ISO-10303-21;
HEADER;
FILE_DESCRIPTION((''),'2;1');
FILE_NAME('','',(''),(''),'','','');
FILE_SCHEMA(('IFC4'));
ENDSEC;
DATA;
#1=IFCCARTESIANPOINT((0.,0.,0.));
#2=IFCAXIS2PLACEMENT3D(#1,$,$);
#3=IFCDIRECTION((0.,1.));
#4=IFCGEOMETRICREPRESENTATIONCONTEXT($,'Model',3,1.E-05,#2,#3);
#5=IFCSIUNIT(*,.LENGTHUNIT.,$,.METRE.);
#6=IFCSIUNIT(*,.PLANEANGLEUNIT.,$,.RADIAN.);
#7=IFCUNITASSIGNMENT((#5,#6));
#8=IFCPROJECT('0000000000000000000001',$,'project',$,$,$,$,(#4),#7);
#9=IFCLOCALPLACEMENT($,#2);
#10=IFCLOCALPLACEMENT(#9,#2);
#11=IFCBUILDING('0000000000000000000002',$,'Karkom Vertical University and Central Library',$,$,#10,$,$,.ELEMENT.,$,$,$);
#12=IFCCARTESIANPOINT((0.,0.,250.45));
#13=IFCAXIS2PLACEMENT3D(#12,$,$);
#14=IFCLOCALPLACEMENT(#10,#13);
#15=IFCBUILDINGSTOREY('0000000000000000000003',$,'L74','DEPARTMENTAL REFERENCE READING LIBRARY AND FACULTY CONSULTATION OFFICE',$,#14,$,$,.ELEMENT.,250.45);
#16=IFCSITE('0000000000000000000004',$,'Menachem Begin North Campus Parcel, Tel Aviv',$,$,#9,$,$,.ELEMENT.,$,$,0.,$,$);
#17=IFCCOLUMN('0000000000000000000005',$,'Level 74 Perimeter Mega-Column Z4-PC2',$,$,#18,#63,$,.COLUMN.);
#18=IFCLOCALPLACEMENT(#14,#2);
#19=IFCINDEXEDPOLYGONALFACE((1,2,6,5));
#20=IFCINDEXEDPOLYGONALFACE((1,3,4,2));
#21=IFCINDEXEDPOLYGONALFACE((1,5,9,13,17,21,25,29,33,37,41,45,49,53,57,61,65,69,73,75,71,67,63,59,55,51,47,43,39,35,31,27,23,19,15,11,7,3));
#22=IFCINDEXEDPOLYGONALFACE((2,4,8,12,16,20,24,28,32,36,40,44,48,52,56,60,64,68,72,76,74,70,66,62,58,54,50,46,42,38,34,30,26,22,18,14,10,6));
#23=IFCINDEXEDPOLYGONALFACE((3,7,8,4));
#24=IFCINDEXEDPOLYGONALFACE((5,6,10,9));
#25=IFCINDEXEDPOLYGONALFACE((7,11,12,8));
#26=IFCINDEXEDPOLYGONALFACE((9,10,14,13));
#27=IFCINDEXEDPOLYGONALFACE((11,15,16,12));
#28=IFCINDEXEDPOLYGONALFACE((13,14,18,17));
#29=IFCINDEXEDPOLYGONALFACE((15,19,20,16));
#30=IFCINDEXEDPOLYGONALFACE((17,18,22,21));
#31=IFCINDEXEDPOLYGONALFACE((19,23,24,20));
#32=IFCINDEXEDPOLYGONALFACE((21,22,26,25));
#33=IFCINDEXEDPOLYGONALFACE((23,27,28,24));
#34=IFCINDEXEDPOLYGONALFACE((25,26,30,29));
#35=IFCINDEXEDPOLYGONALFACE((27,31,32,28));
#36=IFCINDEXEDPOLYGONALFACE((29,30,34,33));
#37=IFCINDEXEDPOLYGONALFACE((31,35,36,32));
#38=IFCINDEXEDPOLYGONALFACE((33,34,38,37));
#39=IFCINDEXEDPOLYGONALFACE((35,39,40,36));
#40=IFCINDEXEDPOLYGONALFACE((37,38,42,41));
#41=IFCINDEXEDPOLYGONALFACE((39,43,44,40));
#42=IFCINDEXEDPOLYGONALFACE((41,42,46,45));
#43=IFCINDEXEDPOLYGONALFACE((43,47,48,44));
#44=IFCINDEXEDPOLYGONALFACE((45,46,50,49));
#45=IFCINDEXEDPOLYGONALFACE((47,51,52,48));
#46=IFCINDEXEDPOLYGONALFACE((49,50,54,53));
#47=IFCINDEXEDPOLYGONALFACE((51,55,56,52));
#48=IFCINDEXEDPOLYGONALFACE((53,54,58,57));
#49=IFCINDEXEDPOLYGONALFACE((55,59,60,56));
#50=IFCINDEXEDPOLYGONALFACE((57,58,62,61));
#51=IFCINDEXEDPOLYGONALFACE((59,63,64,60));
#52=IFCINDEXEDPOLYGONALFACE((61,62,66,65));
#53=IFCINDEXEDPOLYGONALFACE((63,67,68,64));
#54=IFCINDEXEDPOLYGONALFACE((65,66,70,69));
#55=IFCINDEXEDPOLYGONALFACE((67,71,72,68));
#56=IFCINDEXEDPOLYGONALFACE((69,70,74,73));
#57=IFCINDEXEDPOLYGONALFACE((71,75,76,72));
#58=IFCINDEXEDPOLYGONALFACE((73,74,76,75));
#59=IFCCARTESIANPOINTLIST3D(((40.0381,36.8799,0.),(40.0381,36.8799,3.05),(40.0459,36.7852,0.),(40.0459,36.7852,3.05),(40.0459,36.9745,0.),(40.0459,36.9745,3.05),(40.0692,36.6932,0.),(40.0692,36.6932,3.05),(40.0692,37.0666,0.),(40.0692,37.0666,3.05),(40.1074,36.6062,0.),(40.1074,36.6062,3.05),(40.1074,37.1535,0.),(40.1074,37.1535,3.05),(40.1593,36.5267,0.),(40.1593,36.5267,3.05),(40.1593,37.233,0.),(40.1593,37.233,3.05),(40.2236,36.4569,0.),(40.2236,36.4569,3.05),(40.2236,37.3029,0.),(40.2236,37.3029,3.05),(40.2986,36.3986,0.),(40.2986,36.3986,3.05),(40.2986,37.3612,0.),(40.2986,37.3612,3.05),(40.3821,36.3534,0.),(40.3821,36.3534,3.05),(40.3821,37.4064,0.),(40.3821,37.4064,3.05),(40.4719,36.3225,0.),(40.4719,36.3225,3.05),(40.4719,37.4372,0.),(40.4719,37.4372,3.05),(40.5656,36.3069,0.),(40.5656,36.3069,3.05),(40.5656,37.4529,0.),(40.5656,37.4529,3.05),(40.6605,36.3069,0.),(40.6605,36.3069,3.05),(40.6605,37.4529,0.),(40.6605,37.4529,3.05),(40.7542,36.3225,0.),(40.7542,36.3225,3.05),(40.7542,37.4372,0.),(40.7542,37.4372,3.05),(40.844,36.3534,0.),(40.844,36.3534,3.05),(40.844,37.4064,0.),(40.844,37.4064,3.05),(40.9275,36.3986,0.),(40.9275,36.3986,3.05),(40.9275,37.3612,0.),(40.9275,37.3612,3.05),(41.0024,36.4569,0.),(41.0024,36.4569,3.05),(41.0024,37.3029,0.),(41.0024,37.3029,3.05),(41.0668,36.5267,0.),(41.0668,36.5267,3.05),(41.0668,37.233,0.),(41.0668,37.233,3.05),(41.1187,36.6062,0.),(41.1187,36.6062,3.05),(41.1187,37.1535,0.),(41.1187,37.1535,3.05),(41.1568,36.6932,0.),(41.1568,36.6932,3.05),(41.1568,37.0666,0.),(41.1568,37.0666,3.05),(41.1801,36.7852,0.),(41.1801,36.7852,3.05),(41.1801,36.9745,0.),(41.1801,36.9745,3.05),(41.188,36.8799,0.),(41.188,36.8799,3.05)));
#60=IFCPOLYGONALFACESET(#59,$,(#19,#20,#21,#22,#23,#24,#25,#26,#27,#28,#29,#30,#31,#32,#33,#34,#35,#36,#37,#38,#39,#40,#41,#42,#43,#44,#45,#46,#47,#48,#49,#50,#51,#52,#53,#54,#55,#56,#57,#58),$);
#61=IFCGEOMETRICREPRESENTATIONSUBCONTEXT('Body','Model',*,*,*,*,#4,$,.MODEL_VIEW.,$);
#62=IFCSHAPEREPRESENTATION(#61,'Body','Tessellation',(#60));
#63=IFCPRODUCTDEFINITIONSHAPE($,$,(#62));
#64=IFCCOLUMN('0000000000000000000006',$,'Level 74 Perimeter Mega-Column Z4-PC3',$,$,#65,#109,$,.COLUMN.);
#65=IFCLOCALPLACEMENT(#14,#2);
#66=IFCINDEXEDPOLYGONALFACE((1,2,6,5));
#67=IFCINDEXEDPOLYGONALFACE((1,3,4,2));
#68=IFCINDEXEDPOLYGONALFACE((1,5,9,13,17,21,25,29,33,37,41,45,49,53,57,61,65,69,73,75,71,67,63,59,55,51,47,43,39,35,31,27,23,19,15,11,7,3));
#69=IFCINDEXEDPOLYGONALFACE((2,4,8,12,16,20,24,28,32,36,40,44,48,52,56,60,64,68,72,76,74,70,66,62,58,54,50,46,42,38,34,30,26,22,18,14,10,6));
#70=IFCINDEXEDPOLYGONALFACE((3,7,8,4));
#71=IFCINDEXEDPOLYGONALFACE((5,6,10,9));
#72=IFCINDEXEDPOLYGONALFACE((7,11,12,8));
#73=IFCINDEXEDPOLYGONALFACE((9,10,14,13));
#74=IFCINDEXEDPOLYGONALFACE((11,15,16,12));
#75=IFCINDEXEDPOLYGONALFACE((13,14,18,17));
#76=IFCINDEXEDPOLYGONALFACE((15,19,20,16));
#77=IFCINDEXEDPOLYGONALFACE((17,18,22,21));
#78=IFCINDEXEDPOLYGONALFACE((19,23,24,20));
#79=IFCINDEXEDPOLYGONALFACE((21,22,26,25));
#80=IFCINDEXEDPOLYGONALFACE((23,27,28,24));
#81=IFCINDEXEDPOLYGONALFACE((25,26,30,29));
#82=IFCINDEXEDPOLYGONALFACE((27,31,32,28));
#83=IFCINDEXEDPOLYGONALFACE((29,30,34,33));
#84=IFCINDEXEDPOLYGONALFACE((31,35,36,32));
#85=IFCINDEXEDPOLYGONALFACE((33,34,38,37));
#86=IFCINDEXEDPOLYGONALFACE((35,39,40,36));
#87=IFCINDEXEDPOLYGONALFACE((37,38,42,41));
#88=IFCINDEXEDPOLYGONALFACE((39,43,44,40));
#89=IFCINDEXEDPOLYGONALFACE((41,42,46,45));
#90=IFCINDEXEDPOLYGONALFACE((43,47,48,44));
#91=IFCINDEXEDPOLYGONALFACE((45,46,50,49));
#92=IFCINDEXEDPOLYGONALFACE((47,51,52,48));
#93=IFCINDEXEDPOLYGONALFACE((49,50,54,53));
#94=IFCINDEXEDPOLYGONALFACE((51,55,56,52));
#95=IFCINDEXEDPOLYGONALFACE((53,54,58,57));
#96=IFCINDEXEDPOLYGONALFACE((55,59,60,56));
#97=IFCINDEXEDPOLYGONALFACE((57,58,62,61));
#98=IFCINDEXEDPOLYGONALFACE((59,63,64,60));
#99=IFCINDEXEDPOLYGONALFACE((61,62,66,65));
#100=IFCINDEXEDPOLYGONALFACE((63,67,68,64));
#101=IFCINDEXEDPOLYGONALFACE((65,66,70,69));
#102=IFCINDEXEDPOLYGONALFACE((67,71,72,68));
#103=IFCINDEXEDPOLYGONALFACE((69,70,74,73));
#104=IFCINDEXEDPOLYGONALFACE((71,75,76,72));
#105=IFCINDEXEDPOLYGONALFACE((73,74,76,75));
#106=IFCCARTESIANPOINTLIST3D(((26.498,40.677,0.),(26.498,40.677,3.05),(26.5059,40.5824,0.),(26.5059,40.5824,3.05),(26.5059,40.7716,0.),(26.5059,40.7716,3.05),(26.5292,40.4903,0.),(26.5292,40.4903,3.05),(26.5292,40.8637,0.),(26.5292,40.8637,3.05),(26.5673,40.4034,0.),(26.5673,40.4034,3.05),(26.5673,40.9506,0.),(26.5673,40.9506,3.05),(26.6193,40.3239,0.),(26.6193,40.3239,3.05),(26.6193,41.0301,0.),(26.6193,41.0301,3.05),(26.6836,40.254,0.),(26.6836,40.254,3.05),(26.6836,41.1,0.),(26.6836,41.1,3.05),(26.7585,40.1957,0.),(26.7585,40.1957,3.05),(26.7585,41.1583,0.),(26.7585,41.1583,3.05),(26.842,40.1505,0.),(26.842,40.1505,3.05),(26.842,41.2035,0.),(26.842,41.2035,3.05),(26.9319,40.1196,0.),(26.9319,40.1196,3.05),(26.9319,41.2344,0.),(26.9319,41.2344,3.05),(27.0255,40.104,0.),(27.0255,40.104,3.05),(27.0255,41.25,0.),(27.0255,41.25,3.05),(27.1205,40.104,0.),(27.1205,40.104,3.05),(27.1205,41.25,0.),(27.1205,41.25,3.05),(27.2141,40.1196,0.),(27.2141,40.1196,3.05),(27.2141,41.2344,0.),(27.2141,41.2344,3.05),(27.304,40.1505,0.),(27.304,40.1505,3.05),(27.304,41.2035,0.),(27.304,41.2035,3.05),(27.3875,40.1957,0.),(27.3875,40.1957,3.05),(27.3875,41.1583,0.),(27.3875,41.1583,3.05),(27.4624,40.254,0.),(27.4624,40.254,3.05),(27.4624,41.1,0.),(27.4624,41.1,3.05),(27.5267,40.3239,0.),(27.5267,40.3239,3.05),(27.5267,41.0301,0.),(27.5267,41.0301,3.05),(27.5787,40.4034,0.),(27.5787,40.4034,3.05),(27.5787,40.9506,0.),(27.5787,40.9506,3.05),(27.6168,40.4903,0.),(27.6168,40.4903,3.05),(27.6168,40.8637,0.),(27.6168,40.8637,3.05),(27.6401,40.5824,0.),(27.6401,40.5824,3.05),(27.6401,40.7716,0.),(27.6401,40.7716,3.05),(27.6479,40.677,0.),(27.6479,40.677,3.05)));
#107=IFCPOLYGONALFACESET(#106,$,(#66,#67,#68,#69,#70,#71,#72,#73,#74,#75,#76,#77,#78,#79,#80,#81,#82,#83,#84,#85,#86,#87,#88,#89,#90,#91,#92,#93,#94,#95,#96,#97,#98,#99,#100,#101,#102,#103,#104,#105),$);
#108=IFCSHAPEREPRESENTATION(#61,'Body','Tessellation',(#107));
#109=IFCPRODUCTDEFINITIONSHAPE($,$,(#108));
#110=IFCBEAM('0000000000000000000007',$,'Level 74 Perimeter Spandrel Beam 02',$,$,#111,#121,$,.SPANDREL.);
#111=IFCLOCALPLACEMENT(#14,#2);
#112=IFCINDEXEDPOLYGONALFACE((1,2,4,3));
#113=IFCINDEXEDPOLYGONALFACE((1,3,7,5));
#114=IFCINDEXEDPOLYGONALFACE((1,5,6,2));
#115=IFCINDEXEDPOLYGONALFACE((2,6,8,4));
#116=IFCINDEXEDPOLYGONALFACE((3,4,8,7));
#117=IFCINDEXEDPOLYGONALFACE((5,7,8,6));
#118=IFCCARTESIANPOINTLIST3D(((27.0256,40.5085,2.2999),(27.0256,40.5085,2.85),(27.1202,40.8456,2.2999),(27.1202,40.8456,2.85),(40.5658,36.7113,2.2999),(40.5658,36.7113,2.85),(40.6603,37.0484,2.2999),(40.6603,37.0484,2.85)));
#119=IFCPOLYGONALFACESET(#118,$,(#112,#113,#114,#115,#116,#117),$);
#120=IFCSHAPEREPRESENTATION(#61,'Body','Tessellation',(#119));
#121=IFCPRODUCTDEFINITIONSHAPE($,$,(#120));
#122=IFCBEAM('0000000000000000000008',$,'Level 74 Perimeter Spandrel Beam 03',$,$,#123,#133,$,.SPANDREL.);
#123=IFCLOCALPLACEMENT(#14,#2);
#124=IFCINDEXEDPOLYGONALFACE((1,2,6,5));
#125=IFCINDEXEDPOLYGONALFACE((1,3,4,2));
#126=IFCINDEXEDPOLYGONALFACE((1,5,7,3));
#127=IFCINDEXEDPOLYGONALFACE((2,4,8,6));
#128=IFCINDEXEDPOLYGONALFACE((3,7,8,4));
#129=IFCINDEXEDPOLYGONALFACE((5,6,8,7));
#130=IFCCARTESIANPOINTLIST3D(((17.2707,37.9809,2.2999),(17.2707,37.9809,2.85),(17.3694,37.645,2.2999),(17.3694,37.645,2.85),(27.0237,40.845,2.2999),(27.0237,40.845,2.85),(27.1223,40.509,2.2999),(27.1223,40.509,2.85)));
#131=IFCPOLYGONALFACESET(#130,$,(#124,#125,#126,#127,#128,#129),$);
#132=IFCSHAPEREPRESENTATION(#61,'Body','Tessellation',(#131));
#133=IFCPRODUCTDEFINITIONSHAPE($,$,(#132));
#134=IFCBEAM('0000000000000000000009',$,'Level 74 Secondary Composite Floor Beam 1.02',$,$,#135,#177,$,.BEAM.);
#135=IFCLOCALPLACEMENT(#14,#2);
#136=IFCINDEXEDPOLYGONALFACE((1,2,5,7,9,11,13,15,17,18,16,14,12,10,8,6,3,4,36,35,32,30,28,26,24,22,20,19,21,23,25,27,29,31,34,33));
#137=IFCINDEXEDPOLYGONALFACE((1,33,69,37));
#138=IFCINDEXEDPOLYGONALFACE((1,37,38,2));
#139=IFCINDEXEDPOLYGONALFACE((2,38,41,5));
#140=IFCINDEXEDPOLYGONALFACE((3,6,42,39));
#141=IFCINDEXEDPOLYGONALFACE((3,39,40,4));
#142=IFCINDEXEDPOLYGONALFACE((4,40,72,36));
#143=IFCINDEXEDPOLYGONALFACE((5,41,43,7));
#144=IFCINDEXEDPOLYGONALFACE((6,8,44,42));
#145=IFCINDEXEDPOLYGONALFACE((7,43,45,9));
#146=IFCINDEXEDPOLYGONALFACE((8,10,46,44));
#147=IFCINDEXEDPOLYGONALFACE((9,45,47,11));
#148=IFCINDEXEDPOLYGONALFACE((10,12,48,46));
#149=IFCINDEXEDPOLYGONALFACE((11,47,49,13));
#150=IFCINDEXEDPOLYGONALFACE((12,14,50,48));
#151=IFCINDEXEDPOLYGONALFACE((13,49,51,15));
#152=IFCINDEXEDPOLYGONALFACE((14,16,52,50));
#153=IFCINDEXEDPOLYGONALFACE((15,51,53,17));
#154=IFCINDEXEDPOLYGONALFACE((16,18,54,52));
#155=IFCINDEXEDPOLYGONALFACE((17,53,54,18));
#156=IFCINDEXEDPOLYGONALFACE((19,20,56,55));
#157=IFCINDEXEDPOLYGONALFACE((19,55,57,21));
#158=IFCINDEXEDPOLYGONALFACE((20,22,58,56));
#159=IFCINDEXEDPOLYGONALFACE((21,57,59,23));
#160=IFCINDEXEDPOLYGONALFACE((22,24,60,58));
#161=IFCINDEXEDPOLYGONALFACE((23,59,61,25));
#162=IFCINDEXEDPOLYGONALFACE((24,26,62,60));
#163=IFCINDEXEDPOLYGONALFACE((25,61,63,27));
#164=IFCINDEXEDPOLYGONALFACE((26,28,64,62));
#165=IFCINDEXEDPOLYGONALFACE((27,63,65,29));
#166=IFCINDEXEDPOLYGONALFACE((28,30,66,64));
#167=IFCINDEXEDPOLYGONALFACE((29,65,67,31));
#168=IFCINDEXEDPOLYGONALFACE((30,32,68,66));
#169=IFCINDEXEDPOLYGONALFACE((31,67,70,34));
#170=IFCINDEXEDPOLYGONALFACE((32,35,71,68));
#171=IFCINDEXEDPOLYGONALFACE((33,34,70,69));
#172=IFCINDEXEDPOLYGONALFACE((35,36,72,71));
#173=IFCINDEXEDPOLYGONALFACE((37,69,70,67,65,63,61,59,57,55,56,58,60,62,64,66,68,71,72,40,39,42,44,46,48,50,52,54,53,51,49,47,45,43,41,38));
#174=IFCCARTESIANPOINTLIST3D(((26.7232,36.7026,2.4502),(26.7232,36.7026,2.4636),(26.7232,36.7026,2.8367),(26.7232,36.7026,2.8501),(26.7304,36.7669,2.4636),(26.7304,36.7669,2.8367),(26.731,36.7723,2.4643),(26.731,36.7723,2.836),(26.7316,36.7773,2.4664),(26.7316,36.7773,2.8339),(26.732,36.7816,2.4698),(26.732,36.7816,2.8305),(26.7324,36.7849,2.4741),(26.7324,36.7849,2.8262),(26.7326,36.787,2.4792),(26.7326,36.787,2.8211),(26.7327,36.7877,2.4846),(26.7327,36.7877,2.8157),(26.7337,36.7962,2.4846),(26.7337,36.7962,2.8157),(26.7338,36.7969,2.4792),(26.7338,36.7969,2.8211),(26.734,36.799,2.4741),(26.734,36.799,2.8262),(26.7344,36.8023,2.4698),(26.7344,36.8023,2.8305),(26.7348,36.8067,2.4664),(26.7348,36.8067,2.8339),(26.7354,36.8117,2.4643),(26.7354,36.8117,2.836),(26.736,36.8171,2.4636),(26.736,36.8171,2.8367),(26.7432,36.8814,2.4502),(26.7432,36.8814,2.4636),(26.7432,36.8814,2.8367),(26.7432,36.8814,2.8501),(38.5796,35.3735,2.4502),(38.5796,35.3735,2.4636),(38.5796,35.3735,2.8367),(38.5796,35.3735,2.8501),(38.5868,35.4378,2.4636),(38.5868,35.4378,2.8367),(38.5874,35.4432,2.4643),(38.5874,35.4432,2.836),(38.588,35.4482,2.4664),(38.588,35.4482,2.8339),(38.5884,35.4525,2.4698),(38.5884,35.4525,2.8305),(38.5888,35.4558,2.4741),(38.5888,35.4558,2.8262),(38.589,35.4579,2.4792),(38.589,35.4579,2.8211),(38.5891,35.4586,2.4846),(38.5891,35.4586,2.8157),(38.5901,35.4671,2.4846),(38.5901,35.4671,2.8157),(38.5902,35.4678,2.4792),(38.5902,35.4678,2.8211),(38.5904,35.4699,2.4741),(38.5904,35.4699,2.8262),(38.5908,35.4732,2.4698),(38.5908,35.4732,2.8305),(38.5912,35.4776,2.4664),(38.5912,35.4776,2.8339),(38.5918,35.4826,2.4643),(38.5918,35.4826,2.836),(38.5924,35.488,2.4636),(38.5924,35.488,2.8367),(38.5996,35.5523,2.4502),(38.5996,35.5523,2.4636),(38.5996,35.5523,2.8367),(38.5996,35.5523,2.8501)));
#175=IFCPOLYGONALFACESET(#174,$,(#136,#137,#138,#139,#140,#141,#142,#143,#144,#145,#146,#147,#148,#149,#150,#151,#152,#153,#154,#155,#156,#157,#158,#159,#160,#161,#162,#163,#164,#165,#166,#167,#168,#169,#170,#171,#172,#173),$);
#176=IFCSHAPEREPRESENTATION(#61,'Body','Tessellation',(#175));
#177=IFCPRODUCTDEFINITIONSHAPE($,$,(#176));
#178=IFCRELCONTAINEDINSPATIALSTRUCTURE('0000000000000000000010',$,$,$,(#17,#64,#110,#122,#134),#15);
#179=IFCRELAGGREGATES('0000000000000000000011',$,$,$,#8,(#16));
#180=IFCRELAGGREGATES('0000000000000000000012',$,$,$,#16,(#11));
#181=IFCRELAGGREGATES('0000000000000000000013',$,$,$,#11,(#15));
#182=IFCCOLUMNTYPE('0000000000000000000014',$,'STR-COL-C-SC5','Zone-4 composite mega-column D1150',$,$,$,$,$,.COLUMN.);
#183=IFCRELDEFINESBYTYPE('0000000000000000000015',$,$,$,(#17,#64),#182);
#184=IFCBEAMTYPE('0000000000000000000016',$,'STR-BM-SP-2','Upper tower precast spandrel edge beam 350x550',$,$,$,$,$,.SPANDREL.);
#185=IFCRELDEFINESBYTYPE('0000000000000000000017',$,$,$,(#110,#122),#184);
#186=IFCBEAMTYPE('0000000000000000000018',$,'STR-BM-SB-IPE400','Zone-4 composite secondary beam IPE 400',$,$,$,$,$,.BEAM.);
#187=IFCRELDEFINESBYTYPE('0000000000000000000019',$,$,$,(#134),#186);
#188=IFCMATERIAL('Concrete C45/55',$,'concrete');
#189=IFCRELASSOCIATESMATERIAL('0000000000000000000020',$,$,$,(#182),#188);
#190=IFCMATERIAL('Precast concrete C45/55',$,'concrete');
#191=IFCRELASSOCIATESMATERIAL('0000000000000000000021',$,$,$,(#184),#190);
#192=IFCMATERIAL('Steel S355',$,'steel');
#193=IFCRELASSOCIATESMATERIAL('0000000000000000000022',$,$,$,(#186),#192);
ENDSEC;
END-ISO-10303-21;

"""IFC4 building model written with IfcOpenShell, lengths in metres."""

from ifc_helpers import new_model, si_unit, direction, frame, origin, origin_with_axes, origin_2d, place, context, subcontext, project, spatial, rectangle, circle, i_section, extrude, source, transform, mapped, material, material_profile, profile_set, type_object, element, save


model = new_model("IFC4")

# Units and contexts
model_context = context("Model", 3, precision=1e-05, world=origin(), true_north=direction((0.0, 1.0)))
body_context = subcontext(model_context, "Body", "Model", "MODEL_VIEW")
ifc_project = project(units=[si_unit("LENGTHUNIT", "METRE"), si_unit("PLANEANGLEUNIT", "RADIAN")], contexts=[model_context])

# Site, building, storey
site_placement = place(None, origin())
site = spatial("IfcSite", under=ifc_project, at=site_placement, Name="Menachem Begin North Campus Parcel, Tel Aviv", CompositionType="ELEMENT", RefElevation=0.0)
building_placement = place(site_placement, origin())
building = spatial("IfcBuilding", under=site, at=building_placement, Name="Karkom Vertical University and Central Library", CompositionType="ELEMENT")
storey_placement = place(building_placement, frame((0.0, 0.0, 250.45)))
storey = spatial("IfcBuildingStorey", under=building, at=storey_placement, Name="L74", Description="DEPARTMENTAL REFERENCE READING LIBRARY AND FACULTY CONSULTATION OFFICE", CompositionType="ELEMENT", Elevation=250.45)

# Columns
ifc_material_1 = material(Name="Concrete C45/55", Category="concrete")
ifc_material_profile_1 = material_profile(ifc_material_1, circle(Radius=0.575, at=origin_2d()), Name="CFT-D1150")
ifc_profile_set_1 = profile_set([ifc_material_profile_1], Name="Concrete C45/55")
column_type = type_object("IfcColumnType", Name="STR-COL-C-SC5", Description="Zone-4 composite mega-column D1150", PredefinedType="COLUMN", material=ifc_profile_set_1)
shared_shape_1 = source(origin_with_axes(), body_context, "Body", "SweptSolid", [
    extrude(circle(Radius=0.575, at=origin_2d()), origin(), (0.0, 0.0, 1.0), 3.05),
])
for number, where, z_axis, x_axis, name in (
    (1, (40.613, 36.8799, 0.0), (0.0, 0.0, 1.0), (1.0, 0.0, 0.0), "Level 74 Perimeter Mega-Column Z4-PC2"),
    (2, (27.073, 40.677, 0.0), (0.0, 0.0, 1.0), (1.0, 0.0, 0.0), "Level 74 Perimeter Mega-Column Z4-PC3"),
):
    element("IfcColumn", number, at=place(storey_placement, frame(where, z_axis=z_axis, x_axis=x_axis)), inside=storey, type_object=column_type, Name=name, PredefinedType="COLUMN", context=body_context, shape_type="MappedRepresentation", body=[
        mapped(shared_shape_1, transform((0.0, 0.0, 0.0), scale=1.0)),
    ])

# Beams
ifc_material_2 = material(Name="Precast concrete C45/55", Category="concrete")
ifc_material_profile_2 = material_profile(ifc_material_2, rectangle(XDim=0.3501, YDim=0.55, at=origin_2d()), Name="SPB-350x550")
ifc_profile_set_2 = profile_set([ifc_material_profile_2], Name="Precast concrete C45/55")
beam_type_1 = type_object("IfcBeamType", Name="STR-BM-SP-2", Description="Upper tower precast spandrel edge beam 350x550", PredefinedType="SPANDREL", material=ifc_profile_set_2)
shared_shape_2 = source(origin_with_axes(), body_context, "Body", "SweptSolid", [
    extrude(rectangle(XDim=0.3501, YDim=0.55, at=origin_2d()), origin(), (0.0, 0.0, 1.0), 14.0625),
])
beam_1_placement = place(storey_placement, frame((40.613, 36.8799, 2.575), z_axis=(-0.962855, 0.27002, 0.0), x_axis=(-0.27002, -0.962855, 0.0)))
element("IfcBeam", 3, at=beam_1_placement, inside=storey, type_object=beam_type_1, Name="Level 74 Perimeter Spandrel Beam 02", PredefinedType="SPANDREL", context=body_context, shape_type="MappedRepresentation", body=[
    mapped(shared_shape_2, transform((0.0, 0.0, 0.0), scale=1.0)),
])
shared_shape_3 = source(origin_with_axes(), body_context, "Body", "SweptSolid", [
    extrude(rectangle(XDim=0.3501, YDim=0.55, at=origin_2d()), origin(), (0.0, 0.0, 1.0), 10.1648),
])
beam_2_placement = place(storey_placement, frame((27.073, 40.677, 2.575), z_axis=(-0.959485, -0.281759, 0.0), x_axis=(0.281759, -0.959485, 0.0)))
element("IfcBeam", 4, at=beam_2_placement, inside=storey, type_object=beam_type_1, Name="Level 74 Perimeter Spandrel Beam 03", PredefinedType="SPANDREL", context=body_context, shape_type="MappedRepresentation", body=[
    mapped(shared_shape_3, transform((0.0, 0.0, 0.0), scale=1.0)),
])
ifc_material_3 = material(Name="Steel S355", Category="steel")
ifc_material_profile_3 = material_profile(ifc_material_3, i_section(OverallWidth=0.1799, OverallDepth=0.3999, WebThickness=0.0085, FlangeThickness=0.0134, FilletRadius=0.021, at=origin_2d()), Name="IPE 400")
ifc_profile_set_3 = profile_set([ifc_material_profile_3], Name="Steel S355")
beam_type_2 = type_object("IfcBeamType", Name="STR-BM-SB-IPE400", Description="Zone-4 composite secondary beam IPE 400", PredefinedType="BEAM", material=ifc_profile_set_3)
shared_shape_4 = source(origin_with_axes(), body_context, "Body", "SweptSolid", [
    extrude(i_section(OverallWidth=0.1799, OverallDepth=0.3999, WebThickness=0.0085, FlangeThickness=0.0134, FilletRadius=0.021, at=origin_2d()), origin(), (0.0, 0.0, 1.0), 11.9307),
])
beam_3_placement = place(storey_placement, frame((38.5896, 35.4629, 2.6501), z_axis=(-0.993775, 0.111402, 0.0), x_axis=(-0.111402, -0.993775, 0.0)))
element("IfcBeam", 5, at=beam_3_placement, inside=storey, type_object=beam_type_2, Name="Level 74 Secondary Composite Floor Beam 1.02", PredefinedType="BEAM", context=body_context, shape_type="MappedRepresentation", body=[
    mapped(shared_shape_4, transform((0.0, 0.0, 0.0), scale=1.0)),
])

save(model, "model.ifc")
